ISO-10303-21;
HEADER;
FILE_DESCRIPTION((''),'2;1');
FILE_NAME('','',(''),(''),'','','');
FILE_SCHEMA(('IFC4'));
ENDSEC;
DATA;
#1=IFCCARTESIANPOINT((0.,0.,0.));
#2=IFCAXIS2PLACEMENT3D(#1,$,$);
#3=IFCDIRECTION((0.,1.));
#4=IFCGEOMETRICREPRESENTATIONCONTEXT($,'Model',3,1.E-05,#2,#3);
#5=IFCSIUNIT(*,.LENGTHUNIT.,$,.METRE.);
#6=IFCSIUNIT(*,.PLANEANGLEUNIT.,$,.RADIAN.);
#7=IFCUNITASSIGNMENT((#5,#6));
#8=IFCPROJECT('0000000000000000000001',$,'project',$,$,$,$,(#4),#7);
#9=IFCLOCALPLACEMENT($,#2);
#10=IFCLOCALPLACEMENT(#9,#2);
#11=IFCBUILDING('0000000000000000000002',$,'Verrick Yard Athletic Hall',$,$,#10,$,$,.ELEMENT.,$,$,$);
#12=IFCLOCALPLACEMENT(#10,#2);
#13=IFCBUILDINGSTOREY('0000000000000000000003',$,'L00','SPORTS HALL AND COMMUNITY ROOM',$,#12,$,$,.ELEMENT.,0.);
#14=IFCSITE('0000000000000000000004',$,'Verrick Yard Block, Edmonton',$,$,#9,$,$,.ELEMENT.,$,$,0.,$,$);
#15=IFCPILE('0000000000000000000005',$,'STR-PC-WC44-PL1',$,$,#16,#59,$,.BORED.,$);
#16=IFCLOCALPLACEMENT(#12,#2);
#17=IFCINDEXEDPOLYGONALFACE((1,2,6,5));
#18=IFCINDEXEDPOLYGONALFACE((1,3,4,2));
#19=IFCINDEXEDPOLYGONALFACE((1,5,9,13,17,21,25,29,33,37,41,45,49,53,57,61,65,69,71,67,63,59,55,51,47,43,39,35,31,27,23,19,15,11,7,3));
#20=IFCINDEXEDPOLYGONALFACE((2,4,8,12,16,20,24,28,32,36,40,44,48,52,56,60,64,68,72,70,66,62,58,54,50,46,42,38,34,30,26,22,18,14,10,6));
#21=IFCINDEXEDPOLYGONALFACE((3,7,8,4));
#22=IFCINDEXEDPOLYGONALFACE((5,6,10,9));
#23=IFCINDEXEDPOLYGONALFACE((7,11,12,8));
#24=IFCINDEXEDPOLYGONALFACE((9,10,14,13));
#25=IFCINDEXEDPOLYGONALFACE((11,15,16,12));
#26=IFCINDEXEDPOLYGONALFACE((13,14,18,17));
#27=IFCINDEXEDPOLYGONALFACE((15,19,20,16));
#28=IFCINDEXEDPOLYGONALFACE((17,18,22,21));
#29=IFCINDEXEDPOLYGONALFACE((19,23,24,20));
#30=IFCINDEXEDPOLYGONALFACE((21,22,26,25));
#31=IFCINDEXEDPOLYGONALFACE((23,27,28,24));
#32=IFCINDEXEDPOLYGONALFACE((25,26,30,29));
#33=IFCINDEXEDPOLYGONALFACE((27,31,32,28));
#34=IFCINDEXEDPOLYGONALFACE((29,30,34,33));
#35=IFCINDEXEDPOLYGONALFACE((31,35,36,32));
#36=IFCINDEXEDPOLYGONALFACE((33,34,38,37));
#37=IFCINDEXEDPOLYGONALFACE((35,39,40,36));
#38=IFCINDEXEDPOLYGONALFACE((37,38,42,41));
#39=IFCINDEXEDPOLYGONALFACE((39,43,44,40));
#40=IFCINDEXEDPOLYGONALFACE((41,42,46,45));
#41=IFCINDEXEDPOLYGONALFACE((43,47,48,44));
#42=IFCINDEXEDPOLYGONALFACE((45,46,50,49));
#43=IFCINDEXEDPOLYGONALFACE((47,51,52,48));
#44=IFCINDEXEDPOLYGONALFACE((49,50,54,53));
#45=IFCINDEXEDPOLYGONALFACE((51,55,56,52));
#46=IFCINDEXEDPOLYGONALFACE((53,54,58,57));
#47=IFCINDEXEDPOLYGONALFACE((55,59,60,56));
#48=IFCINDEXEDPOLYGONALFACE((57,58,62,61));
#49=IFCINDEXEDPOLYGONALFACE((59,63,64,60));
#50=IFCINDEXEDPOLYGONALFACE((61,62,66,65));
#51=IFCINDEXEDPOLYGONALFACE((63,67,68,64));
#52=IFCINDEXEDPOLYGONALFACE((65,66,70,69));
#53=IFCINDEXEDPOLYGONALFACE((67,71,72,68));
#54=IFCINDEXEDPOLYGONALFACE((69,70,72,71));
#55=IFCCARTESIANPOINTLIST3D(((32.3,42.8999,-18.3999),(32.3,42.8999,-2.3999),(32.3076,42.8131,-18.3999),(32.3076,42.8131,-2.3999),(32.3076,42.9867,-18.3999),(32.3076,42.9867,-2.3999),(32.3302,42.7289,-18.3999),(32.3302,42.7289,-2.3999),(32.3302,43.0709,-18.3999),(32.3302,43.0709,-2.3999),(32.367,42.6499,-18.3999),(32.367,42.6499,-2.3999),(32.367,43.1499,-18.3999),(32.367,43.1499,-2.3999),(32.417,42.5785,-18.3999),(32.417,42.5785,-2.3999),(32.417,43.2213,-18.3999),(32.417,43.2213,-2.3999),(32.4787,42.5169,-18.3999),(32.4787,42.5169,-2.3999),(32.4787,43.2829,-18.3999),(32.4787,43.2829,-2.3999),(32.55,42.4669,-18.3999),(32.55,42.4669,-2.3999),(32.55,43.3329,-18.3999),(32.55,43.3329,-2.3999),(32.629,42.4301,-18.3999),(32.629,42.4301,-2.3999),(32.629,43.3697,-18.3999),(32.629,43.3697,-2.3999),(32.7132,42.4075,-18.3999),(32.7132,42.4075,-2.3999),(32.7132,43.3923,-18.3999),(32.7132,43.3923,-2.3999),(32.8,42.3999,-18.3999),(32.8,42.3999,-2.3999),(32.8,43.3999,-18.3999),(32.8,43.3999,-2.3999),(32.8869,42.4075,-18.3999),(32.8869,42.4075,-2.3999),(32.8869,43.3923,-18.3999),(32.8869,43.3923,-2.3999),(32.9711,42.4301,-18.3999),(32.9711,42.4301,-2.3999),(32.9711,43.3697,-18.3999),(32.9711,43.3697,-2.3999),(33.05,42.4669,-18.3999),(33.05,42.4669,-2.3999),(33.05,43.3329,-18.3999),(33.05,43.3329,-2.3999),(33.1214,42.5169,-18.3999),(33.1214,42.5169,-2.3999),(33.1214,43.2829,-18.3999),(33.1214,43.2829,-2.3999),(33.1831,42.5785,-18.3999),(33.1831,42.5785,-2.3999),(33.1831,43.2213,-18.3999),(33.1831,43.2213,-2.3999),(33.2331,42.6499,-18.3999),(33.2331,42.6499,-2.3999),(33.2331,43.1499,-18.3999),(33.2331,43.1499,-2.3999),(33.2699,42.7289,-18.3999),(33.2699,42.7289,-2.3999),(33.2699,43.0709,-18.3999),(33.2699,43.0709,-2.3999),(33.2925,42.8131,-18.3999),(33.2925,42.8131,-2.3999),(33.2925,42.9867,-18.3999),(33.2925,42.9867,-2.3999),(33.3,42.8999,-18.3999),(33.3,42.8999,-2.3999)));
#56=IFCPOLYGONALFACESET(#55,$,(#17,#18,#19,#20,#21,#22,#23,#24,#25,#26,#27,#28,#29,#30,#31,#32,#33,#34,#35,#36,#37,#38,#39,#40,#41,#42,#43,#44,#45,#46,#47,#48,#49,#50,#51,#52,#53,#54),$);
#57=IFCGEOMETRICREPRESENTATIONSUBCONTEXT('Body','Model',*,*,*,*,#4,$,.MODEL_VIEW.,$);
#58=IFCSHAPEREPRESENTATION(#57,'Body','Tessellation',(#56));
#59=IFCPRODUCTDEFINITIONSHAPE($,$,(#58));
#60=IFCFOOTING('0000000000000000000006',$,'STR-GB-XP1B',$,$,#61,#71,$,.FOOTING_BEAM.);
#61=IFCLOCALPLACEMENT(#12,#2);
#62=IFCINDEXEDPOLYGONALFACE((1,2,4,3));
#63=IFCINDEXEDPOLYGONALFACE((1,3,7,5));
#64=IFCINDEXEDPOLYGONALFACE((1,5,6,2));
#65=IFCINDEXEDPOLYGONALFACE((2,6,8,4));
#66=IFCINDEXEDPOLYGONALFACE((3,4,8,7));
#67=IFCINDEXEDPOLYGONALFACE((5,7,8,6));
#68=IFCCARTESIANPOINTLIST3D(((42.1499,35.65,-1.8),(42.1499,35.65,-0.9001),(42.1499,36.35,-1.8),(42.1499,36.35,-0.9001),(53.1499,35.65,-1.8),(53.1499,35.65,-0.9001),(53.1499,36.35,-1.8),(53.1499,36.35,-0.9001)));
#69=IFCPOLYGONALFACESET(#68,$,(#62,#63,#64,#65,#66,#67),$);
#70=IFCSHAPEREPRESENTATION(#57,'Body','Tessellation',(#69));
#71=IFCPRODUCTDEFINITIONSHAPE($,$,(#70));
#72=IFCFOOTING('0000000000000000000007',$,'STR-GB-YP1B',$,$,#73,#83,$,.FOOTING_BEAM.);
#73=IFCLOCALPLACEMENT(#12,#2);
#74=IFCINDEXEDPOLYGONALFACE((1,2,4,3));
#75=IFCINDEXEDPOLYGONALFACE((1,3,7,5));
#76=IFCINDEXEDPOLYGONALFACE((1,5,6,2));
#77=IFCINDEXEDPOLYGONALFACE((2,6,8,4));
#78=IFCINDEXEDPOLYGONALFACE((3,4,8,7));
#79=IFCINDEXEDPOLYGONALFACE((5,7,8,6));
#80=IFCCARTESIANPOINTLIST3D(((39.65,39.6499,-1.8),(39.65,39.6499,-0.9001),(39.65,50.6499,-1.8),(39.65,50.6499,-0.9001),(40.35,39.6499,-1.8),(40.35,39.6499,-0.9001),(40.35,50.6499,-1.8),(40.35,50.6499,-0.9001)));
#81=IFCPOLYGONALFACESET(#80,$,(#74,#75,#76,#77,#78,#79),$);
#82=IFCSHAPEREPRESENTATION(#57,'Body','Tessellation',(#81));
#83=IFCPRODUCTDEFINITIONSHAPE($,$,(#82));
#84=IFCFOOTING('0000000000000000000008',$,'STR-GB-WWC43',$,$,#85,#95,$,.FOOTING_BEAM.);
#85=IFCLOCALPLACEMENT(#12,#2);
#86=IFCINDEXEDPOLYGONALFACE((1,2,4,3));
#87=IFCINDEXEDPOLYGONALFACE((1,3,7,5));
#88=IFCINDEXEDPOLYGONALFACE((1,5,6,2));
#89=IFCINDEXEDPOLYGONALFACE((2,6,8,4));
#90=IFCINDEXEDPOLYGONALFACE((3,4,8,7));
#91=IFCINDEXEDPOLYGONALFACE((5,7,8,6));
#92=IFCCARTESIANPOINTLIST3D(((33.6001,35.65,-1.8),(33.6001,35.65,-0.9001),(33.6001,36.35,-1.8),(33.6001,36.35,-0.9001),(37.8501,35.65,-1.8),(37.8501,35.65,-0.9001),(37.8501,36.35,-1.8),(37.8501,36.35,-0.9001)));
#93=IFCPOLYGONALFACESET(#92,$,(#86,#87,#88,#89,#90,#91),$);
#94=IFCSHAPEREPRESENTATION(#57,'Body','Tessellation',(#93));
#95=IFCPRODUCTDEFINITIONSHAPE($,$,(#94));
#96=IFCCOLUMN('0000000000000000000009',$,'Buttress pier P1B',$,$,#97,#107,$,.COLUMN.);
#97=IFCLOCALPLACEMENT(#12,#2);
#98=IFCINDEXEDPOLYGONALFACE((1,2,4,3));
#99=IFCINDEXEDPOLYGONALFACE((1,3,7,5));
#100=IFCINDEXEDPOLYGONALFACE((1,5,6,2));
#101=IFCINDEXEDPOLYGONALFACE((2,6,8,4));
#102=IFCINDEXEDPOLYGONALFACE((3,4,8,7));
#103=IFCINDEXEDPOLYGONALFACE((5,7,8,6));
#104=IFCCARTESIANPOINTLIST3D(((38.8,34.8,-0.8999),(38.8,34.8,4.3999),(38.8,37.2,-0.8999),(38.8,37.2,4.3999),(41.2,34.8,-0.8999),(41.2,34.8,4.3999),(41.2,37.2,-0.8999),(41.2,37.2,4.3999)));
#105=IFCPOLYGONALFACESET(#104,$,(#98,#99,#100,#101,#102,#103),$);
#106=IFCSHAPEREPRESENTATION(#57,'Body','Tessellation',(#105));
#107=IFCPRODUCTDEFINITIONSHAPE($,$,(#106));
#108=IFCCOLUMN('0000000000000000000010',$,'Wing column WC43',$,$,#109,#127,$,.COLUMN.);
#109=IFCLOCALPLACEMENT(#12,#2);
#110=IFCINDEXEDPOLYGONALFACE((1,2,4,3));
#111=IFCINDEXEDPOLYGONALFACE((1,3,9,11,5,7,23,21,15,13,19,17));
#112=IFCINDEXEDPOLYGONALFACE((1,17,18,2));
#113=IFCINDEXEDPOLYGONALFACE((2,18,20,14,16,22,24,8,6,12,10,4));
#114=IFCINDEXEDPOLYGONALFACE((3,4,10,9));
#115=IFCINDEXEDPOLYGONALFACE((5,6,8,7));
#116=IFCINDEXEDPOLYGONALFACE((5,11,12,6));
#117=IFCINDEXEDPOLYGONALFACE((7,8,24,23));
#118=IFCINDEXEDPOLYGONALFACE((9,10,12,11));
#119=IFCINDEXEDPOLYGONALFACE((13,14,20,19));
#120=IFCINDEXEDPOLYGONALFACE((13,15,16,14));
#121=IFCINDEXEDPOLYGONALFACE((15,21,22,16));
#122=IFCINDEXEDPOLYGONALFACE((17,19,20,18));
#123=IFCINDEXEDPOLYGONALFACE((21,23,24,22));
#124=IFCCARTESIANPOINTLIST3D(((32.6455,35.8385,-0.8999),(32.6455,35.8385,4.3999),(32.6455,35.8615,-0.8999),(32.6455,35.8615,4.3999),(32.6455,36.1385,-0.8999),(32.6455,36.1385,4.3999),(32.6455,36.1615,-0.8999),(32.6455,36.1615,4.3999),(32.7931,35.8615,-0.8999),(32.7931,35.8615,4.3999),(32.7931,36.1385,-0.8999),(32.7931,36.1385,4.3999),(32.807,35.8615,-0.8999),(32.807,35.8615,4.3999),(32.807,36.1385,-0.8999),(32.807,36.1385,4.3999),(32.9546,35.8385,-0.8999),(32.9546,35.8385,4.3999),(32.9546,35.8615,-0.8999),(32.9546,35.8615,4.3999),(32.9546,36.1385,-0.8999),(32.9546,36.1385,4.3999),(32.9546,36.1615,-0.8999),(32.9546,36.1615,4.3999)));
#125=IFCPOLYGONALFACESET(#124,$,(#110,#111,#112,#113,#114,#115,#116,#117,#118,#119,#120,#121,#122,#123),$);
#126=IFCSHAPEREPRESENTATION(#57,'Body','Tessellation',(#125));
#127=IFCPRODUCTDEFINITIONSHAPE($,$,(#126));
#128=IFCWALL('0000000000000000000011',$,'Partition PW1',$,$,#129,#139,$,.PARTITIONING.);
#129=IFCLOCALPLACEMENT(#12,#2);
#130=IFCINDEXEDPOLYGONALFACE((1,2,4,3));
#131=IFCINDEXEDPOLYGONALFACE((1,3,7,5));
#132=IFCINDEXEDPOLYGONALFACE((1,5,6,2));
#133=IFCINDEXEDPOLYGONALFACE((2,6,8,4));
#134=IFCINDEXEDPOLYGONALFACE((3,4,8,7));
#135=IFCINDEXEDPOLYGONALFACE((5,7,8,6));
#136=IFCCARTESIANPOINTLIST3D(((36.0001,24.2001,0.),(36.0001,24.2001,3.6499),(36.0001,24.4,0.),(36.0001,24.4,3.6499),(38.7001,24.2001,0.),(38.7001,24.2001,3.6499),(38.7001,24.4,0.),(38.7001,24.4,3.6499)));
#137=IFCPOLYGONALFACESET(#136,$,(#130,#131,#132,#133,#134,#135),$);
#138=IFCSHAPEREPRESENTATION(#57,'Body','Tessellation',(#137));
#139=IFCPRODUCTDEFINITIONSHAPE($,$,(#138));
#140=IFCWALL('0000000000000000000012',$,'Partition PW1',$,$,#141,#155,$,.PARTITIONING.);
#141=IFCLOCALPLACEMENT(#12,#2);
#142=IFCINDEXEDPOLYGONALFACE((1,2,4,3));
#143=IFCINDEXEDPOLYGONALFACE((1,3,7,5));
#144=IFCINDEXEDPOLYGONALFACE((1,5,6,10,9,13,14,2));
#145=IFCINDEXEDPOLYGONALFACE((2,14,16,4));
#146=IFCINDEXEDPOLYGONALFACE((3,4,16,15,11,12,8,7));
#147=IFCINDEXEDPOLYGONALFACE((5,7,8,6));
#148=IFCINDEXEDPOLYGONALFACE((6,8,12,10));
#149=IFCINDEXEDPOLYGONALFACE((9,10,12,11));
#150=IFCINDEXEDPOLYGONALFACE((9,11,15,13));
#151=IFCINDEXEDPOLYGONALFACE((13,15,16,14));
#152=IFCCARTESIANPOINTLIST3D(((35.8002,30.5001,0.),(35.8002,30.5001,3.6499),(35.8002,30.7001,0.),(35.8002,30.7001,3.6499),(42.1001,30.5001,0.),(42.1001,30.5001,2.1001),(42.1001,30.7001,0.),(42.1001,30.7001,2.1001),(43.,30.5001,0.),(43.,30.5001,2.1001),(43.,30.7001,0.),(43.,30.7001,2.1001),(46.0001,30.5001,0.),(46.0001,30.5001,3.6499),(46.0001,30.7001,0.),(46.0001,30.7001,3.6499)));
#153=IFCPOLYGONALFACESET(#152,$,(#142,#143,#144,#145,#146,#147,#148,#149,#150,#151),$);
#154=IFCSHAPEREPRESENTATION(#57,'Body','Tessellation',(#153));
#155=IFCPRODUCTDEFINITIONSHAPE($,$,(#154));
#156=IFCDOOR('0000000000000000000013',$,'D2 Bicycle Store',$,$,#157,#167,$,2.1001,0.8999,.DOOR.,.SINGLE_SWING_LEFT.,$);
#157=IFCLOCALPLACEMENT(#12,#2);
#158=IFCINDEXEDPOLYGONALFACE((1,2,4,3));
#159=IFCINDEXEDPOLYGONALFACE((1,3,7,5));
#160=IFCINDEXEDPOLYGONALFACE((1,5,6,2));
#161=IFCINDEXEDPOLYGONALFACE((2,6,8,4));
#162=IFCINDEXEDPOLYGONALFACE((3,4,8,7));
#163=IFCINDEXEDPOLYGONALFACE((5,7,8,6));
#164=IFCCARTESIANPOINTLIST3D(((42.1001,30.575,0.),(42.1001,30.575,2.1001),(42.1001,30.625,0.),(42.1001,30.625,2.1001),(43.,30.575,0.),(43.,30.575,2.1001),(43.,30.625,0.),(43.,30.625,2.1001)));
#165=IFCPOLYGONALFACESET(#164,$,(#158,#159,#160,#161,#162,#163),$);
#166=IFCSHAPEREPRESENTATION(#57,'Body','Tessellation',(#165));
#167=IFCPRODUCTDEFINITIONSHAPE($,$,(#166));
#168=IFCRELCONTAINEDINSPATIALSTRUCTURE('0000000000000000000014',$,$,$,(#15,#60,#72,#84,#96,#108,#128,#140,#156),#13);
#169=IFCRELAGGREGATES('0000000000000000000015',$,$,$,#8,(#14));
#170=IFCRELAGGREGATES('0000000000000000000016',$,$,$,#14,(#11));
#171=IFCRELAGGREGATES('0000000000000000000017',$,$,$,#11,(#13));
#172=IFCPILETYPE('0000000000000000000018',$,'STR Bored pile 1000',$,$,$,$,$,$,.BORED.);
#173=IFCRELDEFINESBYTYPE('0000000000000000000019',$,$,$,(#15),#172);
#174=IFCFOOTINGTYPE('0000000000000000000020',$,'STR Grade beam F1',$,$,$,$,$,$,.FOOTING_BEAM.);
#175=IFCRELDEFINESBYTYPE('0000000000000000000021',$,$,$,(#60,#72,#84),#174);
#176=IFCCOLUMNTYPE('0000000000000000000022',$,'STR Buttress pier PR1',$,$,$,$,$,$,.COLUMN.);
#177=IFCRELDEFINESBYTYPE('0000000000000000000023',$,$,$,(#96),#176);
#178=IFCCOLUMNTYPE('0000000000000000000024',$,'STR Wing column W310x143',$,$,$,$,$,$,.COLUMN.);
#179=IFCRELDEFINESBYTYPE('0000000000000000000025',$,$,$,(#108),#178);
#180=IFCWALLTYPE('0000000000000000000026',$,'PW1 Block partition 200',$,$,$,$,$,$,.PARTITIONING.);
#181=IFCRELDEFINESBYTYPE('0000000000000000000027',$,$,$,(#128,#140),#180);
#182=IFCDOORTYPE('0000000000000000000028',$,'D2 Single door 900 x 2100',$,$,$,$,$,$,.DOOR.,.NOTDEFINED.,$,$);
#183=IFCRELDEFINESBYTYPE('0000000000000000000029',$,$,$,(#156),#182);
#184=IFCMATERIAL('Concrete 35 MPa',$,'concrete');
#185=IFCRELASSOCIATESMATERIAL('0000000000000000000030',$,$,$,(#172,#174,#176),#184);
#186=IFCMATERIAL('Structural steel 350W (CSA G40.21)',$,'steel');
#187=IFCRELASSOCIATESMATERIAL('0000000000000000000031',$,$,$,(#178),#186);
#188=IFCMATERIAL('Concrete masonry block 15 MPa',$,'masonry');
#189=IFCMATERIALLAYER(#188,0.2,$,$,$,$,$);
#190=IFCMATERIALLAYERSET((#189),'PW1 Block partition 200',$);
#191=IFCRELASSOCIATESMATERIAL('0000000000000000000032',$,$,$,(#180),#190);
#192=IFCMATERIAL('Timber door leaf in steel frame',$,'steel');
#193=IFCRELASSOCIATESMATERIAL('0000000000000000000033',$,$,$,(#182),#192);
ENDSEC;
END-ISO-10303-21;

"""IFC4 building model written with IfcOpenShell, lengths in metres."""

from ifc_helpers import new_model, si_unit, direction, frame, frame_2d, origin, origin_2d, place, context, subcontext, project, spatial, rectangle, circle, i_section, extrude, material, layer, layer_set, material_profile, profile_set, type_object, element, fill, save


model = new_model("IFC4")

# Units and contexts
model_context = context("Model", 3, precision=1e-05, world=origin(), true_north=direction((0.0, 1.0)))
body_context = subcontext(model_context, "Body", "Model", "MODEL_VIEW")
ifc_project = project(units=[si_unit("LENGTHUNIT", "METRE"), si_unit("PLANEANGLEUNIT", "RADIAN")], contexts=[model_context])

# Site, building, storey
site_placement = place(None, origin())
site = spatial("IfcSite", under=ifc_project, at=site_placement, Name="Verrick Yard Block, Edmonton", CompositionType="ELEMENT", RefElevation=0.0)
building_placement = place(site_placement, origin())
building = spatial("IfcBuilding", under=site, at=building_placement, Name="Verrick Yard Athletic Hall", CompositionType="ELEMENT")
storey_placement = place(building_placement, origin())
storey = spatial("IfcBuildingStorey", under=building, at=storey_placement, Name="L00", Description="SPORTS HALL AND COMMUNITY ROOM", CompositionType="ELEMENT", Elevation=0.0)

# Pile
ifc_material_1 = material(Name="Concrete 35 MPa", Category="concrete")
pile_type = type_object("IfcPileType", Name="STR Bored pile 1000", PredefinedType="BORED", material=ifc_material_1)
for number, where, z_axis, x_axis, name in (
    (1, (32.8, 42.8999, -2.3999), (0.0, 0.0, -1.0), (1.0, 0.0, 0.0), "STR-PC-WC44-PL1"),
):
    element("IfcPile", number, at=place(storey_placement, frame(where, z_axis=z_axis, x_axis=x_axis)), inside=storey, type_object=pile_type, Name=name, PredefinedType="BORED", context=body_context, shape_type="SweptSolid", body=[
        extrude(circle(Radius=0.5, at=origin_2d()), origin(), (0.0, 0.0, 1.0), 16.0),
    ])

# Footings
ifc_material_profile_1 = material_profile(ifc_material_1, rectangle(XDim=0.7, YDim=0.8999, at=origin_2d()), Name="STR Grade beam F1")
ifc_profile_set_1 = profile_set([ifc_material_profile_1], Name="Concrete 35 MPa")
footing_type = type_object("IfcFootingType", Name="STR Grade beam F1", PredefinedType="FOOTING_BEAM", material=ifc_profile_set_1)
for number, where, z_axis, x_axis, name in (
    (2, (42.1499, 36.0, -1.3501), (1.0, 0.0, 0.0), (0.0, 1.0, 0.0), "STR-GB-XP1B"),
    (3, (40.0, 39.6499, -1.3501), (0.0, 1.0, 0.0), (-1.0, 0.0, 0.0), "STR-GB-YP1B"),
):
    element("IfcFooting", number, at=place(storey_placement, frame(where, z_axis=z_axis, x_axis=x_axis)), inside=storey, type_object=footing_type, Name=name, PredefinedType="FOOTING_BEAM", context=body_context, shape_type="SweptSolid", body=[
        extrude(rectangle(XDim=0.7, YDim=0.8999, at=origin_2d()), origin(), (0.0, 0.0, 1.0), 11.0),
    ])
footing_placement = place(storey_placement, frame((33.6001, 36.0, -1.3501), z_axis=(1.0, 0.0, 0.0), x_axis=(0.0, 1.0, 0.0)))
element("IfcFooting", 4, at=footing_placement, inside=storey, type_object=footing_type, Name="STR-GB-WWC43", PredefinedType="FOOTING_BEAM", context=body_context, shape_type="SweptSolid", body=[
    extrude(rectangle(XDim=0.7, YDim=0.8999, at=origin_2d()), origin(), (0.0, 0.0, 1.0), 4.25),
])

# Columns
ifc_material_profile_2 = material_profile(ifc_material_1, rectangle(XDim=2.3999, YDim=2.3999, at=origin_2d()), Name="STR Buttress pier PR1")
ifc_profile_set_2 = profile_set([ifc_material_profile_2], Name="Concrete 35 MPa")
column_type_1 = type_object("IfcColumnType", Name="STR Buttress pier PR1", PredefinedType="COLUMN", material=ifc_profile_set_2)
column_1_placement = place(storey_placement, frame((40.0, 36.0, -0.8999), z_axis=(0.0, 0.0, 1.0), x_axis=(1.0, 0.0, 0.0)))
element("IfcColumn", 5, at=column_1_placement, inside=storey, type_object=column_type_1, Name="Buttress pier P1B", PredefinedType="COLUMN", context=body_context, shape_type="SweptSolid", body=[
    extrude(rectangle(XDim=2.3999, YDim=2.3999, at=origin_2d()), origin(), (0.0, 0.0, 1.0), 5.2998),
])
ifc_material_2 = material(Name="Structural steel 350W (CSA G40.21)", Category="steel")
ifc_material_profile_3 = material_profile(ifc_material_2, i_section(OverallWidth=0.3091, OverallDepth=0.323, WebThickness=0.0139, FlangeThickness=0.0229, at=origin_2d()), Name="W310x143")
ifc_profile_set_3 = profile_set([ifc_material_profile_3], Name="Structural steel 350W (CSA G40.21)")
column_type_2 = type_object("IfcColumnType", Name="STR Wing column W310x143", PredefinedType="COLUMN", material=ifc_profile_set_3)
column_2_placement = place(storey_placement, frame((32.8, 36.0, -0.8999), z_axis=(0.0, 0.0, 1.0), x_axis=(1.0, 0.0, 0.0)))
element("IfcColumn", 6, at=column_2_placement, inside=storey, type_object=column_type_2, Name="Wing column WC43", PredefinedType="COLUMN", context=body_context, shape_type="SweptSolid", body=[
    extrude(i_section(OverallWidth=0.3091, OverallDepth=0.323, WebThickness=0.0139, FlangeThickness=0.0229, at=origin_2d()), origin(), (0.0, 0.0, 1.0), 5.2998),
])

# Wall
ifc_material_3 = material(Name="Concrete masonry block 15 MPa", Category="masonry")
ifc_layer_1 = layer(ifc_material_3, 0.2)
ifc_layer_set_1 = layer_set([ifc_layer_1], Name="PW1 Block partition 200")
wall_type_1 = type_object("IfcWallType", Name="PW1 Block partition 200", PredefinedType="PARTITIONING", material=ifc_layer_set_1)
wall_1_placement = place(storey_placement, frame((36.0, 24.3, 0.0), z_axis=(0.0, 0.0, 1.0), x_axis=(1.0, 0.0, 0.0)))
element("IfcWall", 7, at=wall_1_placement, inside=storey, type_object=wall_type_1, Name="Partition PW1", PredefinedType="PARTITIONING", context=body_context, shape_type="SweptSolid", body=[
    extrude(rectangle(XDim=2.7, YDim=0.2, at=frame_2d((1.3501, 0.0))), origin(), (0.0, 0.0, 1.0), 3.6499),
])

# Wall, opening, door
wall_2_placement = place(storey_placement, frame((35.8, 30.6001, 0.0), z_axis=(0.0, 0.0, 1.0), x_axis=(1.0, 0.0, 0.0)))
wall_2 = element("IfcWall", 8, at=wall_2_placement, inside=storey, type_object=wall_type_1, Name="Partition PW1", PredefinedType="PARTITIONING", context=body_context, shape_type="SweptSolid", body=[
    extrude(rectangle(XDim=10.2, YDim=0.2, at=frame_2d((5.1001, 0.0))), origin(), (0.0, 0.0, 1.0), 3.6499),
])
opening_1_placement = place(wall_2_placement, frame((6.3, 0.0, 0.0)))
opening_1 = element("IfcOpeningElement", 9, at=opening_1_placement, cuts=wall_2, PredefinedType="OPENING", context=body_context, shape_type="SweptSolid", body=[
    extrude(rectangle(XDim=0.8999, YDim=2.1001, at=frame_2d((0.45, 1.05))), frame((0.0, 0.1099, 0.0), z_axis=(0.0, -1.0, 0.0), x_axis=(1.0, 0.0, 0.0)), (0.0, 0.0, 1.0), 0.22),
])
ifc_material_4 = material(Name="Timber door leaf in steel frame", Category="steel")
door_type_1 = type_object("IfcDoorType", Name="D2 Single door 900 x 2100", OperationType="NOTDEFINED", PredefinedType="DOOR", material=ifc_material_4)
door_1_placement = place(opening_1_placement, origin())
door_1 = element("IfcDoor", 10, at=door_1_placement, inside=storey, type_object=door_type_1, Name="D2 Bicycle Store", OperationType="SINGLE_SWING_LEFT", OverallHeight=2.1001, OverallWidth=0.8999, PredefinedType="DOOR", context=body_context, shape_type="SweptSolid", body=[
    extrude(rectangle(XDim=0.8999, YDim=2.1001, at=frame_2d((0.45, 1.05))), frame((0.0, 0.0249, 0.0), z_axis=(0.0, -1.0, 0.0), x_axis=(1.0, 0.0, 0.0)), (0.0, 0.0, 1.0), 0.05),
])
fill(opening_1, door_1)

save(model, "model.ifc")
